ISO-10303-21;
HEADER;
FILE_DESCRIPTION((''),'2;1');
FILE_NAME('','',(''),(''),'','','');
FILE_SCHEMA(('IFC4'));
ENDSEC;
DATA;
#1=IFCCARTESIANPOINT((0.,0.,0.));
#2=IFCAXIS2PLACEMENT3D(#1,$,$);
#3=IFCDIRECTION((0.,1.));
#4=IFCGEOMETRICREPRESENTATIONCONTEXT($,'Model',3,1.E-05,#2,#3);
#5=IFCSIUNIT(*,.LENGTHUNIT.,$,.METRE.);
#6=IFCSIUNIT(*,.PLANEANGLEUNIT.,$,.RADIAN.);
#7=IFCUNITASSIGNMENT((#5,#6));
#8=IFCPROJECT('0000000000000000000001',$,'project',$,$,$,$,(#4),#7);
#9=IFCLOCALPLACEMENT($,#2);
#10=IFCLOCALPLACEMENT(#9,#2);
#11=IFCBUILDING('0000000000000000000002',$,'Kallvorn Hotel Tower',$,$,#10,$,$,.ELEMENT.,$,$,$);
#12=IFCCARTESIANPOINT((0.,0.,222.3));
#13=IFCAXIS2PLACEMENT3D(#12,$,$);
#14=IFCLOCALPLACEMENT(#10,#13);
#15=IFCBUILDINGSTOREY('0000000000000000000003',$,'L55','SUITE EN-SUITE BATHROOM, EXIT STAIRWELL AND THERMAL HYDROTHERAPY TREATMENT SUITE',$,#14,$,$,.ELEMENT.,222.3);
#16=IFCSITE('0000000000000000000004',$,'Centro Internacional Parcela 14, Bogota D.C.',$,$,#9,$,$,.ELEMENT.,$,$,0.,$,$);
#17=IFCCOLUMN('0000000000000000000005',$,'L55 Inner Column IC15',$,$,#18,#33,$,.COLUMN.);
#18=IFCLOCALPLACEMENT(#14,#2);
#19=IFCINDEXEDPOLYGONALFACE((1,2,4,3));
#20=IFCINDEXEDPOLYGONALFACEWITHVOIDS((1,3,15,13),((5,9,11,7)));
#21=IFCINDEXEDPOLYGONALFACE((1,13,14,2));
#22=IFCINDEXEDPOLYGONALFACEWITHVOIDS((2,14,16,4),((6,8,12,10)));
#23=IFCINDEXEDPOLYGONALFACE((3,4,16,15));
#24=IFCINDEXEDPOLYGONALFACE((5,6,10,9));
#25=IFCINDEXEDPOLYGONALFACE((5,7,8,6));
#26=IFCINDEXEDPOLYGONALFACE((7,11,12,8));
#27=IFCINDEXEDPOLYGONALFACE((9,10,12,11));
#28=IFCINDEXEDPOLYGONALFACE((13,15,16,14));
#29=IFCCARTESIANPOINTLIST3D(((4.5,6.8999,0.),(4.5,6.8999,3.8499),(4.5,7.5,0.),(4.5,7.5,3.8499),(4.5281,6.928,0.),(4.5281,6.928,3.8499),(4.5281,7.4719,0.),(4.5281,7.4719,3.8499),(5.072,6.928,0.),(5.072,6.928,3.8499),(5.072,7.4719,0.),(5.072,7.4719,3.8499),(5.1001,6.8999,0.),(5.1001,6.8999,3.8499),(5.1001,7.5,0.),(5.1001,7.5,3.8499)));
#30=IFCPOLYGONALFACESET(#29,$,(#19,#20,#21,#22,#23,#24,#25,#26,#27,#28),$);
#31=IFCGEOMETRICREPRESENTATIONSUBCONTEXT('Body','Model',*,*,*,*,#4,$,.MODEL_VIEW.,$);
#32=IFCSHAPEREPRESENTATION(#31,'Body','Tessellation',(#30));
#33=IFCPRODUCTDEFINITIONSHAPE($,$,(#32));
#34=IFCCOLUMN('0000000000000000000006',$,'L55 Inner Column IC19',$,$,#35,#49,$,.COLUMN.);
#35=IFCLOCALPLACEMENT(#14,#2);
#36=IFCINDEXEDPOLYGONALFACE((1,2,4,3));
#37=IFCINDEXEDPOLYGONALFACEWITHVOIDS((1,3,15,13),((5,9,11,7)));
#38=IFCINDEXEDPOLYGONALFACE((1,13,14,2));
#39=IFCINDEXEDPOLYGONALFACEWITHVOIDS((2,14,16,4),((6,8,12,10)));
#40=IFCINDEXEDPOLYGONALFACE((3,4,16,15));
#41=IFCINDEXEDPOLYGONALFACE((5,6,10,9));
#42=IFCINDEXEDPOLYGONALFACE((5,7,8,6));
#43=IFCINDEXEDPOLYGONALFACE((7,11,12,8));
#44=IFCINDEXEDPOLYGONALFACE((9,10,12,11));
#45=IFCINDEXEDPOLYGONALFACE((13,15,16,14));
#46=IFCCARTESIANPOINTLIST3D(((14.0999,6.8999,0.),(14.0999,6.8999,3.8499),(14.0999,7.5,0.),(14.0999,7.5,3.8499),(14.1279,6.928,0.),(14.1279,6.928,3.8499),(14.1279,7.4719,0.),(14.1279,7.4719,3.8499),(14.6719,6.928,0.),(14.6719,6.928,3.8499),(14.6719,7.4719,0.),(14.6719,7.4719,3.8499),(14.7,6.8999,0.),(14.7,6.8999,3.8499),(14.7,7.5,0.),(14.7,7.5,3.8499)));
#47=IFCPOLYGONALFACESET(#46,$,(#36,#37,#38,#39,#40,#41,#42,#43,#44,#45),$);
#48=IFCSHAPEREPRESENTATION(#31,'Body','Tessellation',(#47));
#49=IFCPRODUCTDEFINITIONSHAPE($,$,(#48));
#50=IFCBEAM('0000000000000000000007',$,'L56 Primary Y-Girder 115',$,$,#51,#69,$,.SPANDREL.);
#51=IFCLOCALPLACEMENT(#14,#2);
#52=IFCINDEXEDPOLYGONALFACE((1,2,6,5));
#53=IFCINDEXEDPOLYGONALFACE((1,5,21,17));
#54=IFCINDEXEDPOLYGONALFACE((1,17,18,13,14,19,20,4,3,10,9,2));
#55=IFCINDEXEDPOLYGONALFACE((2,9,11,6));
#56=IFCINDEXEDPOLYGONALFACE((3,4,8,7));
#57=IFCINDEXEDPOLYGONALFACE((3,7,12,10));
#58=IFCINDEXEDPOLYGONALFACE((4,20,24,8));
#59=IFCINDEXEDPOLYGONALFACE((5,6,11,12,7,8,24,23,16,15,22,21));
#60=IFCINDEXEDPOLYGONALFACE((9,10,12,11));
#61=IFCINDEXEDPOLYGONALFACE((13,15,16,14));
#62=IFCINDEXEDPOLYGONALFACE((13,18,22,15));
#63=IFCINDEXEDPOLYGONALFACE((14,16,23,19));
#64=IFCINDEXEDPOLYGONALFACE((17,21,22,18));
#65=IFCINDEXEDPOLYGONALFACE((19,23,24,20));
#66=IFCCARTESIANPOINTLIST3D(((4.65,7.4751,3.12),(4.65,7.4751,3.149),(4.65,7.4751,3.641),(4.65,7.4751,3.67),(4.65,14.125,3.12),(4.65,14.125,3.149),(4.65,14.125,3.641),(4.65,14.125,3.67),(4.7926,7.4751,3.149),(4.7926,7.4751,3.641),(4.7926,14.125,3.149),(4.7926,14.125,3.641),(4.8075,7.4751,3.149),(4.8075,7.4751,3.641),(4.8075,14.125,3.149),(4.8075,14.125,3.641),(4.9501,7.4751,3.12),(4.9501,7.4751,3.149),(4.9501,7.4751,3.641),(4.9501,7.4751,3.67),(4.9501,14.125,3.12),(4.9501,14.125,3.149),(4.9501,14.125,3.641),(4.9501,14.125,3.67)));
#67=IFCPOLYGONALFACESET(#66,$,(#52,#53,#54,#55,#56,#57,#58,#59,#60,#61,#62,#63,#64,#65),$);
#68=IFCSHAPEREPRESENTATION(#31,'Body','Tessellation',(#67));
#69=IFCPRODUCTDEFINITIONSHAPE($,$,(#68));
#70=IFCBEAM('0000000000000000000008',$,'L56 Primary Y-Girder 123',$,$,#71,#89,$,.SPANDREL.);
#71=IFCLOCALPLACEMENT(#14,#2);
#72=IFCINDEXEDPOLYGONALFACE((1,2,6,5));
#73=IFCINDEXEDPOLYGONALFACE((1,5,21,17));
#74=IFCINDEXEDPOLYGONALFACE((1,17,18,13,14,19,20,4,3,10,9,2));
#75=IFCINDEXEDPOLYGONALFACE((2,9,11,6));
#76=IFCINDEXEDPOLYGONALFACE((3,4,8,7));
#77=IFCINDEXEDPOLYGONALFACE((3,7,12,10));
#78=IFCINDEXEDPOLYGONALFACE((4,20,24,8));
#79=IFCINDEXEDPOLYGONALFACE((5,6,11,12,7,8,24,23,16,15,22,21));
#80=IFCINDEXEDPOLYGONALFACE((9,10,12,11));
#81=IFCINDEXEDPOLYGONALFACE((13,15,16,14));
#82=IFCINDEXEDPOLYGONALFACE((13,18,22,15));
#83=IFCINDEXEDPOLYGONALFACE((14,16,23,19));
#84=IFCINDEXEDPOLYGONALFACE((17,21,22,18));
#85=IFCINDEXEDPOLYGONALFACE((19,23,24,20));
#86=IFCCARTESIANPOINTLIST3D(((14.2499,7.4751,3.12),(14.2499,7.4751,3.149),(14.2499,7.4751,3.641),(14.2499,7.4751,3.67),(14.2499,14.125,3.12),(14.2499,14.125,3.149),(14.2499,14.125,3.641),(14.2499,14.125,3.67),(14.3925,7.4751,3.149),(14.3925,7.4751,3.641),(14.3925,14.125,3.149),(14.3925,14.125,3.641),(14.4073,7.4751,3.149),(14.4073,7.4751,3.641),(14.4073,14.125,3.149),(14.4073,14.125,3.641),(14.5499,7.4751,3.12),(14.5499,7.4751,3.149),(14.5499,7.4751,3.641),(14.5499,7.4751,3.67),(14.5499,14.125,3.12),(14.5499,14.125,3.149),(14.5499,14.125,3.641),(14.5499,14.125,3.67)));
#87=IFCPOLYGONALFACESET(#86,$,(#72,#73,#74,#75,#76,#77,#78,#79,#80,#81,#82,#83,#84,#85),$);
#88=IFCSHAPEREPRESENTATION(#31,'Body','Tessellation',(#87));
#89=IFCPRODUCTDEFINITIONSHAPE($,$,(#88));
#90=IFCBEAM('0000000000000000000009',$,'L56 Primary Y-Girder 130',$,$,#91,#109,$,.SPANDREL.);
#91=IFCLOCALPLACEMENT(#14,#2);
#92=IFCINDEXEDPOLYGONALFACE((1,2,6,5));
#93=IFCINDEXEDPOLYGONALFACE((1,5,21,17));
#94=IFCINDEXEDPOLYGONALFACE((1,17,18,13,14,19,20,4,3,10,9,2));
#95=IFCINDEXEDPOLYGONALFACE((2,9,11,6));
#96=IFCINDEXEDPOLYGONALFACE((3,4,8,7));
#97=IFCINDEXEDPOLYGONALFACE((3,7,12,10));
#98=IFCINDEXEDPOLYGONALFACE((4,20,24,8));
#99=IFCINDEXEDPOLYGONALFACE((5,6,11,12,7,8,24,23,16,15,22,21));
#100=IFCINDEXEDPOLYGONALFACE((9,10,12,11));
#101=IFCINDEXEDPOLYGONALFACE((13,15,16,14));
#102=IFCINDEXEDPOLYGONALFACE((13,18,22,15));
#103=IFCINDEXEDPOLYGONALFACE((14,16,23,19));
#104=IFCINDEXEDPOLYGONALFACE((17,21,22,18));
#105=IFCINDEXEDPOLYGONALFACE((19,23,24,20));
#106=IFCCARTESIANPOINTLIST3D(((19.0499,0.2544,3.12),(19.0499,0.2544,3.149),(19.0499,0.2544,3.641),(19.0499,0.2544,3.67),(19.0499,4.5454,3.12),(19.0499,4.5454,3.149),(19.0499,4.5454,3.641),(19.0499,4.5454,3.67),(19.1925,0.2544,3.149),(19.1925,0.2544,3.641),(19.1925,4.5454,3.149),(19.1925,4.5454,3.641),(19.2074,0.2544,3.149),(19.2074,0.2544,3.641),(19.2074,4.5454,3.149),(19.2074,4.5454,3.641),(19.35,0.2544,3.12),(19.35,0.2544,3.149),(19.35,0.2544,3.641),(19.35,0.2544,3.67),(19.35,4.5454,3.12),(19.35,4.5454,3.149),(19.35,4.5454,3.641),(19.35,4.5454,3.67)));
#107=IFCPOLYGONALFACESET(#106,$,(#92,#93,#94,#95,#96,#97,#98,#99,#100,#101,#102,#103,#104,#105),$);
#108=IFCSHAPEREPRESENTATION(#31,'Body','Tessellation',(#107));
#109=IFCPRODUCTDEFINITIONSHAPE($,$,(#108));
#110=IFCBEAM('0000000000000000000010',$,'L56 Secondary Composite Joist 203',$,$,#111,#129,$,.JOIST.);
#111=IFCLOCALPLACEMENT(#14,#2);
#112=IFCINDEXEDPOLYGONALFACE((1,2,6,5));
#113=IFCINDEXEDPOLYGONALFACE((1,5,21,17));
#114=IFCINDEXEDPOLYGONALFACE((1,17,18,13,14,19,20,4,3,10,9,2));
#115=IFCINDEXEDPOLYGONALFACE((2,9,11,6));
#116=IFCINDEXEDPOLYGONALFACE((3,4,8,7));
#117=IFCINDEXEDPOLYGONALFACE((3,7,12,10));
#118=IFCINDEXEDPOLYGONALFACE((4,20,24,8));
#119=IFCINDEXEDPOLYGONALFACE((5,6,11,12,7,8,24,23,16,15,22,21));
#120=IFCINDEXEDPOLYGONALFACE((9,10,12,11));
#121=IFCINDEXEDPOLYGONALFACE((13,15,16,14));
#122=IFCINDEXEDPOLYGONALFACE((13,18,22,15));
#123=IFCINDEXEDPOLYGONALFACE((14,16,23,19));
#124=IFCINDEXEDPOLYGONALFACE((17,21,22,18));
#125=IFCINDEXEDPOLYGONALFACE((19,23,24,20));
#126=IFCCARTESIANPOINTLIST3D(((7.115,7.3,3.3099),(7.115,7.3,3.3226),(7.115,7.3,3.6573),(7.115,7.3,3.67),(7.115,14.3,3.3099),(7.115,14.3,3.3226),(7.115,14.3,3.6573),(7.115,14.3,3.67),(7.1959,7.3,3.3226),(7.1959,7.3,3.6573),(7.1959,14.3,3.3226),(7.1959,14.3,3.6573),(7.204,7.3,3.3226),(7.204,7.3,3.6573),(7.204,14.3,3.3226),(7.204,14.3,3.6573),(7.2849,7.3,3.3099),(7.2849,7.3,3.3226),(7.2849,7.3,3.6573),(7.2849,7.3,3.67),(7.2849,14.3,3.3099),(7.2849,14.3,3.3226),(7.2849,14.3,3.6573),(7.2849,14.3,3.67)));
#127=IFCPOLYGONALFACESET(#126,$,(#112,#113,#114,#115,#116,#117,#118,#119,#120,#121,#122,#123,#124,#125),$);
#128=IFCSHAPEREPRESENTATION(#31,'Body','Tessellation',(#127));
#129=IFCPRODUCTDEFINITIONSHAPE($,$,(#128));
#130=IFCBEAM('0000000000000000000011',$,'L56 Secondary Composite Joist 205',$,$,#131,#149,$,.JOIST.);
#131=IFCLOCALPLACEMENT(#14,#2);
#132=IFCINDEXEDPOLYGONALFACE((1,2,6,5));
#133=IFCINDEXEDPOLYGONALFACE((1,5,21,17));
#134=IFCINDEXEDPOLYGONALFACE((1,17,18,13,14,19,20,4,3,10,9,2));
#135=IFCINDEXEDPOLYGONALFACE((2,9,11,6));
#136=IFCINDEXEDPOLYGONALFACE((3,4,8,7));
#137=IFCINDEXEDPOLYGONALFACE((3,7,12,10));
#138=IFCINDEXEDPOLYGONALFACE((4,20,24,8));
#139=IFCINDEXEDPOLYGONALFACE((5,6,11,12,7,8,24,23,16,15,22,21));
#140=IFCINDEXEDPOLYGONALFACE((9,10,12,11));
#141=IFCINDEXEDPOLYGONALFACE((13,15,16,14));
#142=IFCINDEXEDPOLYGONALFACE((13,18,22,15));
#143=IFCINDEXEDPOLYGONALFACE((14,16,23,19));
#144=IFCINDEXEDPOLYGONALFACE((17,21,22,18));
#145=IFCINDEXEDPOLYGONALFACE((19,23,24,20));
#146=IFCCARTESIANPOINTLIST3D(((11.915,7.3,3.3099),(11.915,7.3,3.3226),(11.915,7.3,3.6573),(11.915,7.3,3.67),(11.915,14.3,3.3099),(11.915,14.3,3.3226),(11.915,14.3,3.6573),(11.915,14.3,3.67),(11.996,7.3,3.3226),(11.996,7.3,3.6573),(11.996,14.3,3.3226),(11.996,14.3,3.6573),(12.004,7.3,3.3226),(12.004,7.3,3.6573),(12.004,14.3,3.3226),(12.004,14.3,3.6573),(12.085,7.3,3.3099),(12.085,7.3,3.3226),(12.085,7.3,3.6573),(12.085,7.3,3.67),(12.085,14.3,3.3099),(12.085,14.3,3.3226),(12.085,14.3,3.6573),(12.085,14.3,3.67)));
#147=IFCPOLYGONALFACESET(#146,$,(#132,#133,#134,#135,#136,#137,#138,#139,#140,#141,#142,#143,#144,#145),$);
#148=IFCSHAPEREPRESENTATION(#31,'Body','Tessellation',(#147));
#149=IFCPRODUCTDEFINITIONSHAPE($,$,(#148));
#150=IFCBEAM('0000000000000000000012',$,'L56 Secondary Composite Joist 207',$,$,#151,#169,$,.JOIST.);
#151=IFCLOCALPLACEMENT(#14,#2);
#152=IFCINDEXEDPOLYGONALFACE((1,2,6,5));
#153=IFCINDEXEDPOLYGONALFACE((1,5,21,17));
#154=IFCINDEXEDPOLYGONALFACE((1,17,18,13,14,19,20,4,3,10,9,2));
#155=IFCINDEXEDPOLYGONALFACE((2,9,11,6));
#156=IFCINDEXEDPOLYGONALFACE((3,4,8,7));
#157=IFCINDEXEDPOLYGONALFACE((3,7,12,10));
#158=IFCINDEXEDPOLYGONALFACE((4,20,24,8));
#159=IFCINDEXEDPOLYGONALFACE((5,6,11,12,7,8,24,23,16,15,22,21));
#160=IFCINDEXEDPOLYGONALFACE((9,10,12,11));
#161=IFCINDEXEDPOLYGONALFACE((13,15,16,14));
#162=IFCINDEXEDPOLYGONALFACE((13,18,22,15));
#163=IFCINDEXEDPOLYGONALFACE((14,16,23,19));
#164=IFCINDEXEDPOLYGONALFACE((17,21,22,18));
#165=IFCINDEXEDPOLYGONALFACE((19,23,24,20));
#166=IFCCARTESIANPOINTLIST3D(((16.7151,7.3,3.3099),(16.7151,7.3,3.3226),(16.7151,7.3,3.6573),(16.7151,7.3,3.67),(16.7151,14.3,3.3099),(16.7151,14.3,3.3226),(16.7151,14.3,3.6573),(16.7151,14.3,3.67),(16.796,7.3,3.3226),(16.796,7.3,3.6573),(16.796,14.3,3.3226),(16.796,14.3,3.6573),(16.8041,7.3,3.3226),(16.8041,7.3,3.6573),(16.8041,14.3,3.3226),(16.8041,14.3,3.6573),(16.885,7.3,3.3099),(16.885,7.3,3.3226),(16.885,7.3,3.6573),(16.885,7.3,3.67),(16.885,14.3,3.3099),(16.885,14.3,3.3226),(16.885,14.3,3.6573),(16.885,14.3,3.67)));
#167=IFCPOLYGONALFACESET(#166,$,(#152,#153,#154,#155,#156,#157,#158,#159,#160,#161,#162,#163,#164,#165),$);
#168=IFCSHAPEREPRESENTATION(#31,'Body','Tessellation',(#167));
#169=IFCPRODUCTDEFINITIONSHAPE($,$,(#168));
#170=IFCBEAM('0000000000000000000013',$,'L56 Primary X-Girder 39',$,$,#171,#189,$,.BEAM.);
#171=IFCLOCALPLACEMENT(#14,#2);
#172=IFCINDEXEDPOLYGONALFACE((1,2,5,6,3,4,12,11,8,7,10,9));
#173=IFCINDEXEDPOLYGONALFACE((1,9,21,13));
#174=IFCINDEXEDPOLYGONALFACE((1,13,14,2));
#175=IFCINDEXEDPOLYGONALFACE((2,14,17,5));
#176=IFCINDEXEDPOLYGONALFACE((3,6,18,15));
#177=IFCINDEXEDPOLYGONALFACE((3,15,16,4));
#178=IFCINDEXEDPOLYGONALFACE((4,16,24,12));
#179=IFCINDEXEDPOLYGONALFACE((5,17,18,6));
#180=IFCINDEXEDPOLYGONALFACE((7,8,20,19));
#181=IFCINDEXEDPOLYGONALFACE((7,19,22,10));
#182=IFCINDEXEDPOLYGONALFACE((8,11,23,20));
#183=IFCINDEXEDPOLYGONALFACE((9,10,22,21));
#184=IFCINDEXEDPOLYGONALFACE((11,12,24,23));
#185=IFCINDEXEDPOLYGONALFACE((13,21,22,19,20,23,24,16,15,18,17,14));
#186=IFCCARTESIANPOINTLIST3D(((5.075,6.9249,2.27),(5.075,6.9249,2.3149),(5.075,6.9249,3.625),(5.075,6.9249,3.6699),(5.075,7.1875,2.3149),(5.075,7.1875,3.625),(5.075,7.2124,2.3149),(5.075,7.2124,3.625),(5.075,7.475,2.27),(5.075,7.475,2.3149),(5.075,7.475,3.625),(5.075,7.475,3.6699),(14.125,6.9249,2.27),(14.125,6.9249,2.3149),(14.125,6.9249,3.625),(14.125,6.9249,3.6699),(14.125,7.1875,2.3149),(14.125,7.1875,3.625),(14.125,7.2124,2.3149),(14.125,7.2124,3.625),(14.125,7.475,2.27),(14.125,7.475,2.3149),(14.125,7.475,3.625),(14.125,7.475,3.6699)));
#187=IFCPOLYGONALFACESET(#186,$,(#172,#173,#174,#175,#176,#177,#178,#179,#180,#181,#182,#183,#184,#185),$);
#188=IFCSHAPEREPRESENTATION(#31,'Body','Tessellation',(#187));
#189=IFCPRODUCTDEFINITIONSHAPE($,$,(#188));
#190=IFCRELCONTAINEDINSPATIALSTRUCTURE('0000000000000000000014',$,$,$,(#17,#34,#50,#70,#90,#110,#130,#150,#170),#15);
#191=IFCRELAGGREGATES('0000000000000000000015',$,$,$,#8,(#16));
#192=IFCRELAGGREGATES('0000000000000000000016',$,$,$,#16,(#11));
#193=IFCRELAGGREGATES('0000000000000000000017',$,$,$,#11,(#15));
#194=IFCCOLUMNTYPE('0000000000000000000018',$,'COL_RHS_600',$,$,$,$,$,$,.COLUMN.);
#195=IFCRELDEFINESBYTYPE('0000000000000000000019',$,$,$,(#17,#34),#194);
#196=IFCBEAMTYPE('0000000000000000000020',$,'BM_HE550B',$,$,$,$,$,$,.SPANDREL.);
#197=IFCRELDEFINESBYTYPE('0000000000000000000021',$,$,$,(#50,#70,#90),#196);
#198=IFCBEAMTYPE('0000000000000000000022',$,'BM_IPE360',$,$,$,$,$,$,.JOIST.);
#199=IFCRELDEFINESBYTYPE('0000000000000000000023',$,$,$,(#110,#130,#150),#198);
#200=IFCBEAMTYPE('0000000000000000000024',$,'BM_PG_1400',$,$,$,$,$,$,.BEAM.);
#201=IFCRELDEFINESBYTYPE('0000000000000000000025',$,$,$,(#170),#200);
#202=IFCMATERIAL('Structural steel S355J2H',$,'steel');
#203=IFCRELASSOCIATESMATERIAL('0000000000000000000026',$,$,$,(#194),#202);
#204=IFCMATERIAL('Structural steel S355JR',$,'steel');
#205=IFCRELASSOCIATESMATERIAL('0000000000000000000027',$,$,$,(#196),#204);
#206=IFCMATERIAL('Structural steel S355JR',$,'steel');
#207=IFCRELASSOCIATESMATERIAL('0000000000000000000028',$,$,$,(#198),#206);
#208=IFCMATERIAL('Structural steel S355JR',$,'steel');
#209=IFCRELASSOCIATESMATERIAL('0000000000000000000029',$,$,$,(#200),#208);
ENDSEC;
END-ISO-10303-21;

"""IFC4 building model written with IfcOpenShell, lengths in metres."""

from ifc_helpers import new_model, si_unit, direction, frame, origin, origin_2d, place, context, subcontext, project, spatial, hollow_rectangle, i_section, extrude, material, material_profile, profile_set, type_object, element, save


model = new_model("IFC4")

# Units and contexts
model_context = context("Model", 3, precision=1e-05, world=origin(), true_north=direction((0.0, 1.0)))
body_context = subcontext(model_context, "Body", "Model", "MODEL_VIEW")
ifc_project = project(units=[si_unit("LENGTHUNIT", "METRE"), si_unit("PLANEANGLEUNIT", "RADIAN")], contexts=[model_context])

# Site, building, storey
site_placement = place(None, origin())
site = spatial("IfcSite", under=ifc_project, at=site_placement, Name="Centro Internacional Parcela 14, Bogota D.C.", CompositionType="ELEMENT", RefElevation=0.0)
building_placement = place(site_placement, origin())
building = spatial("IfcBuilding", under=site, at=building_placement, Name="Kallvorn Hotel Tower", CompositionType="ELEMENT")
storey_placement = place(building_placement, frame((0.0, 0.0, 222.3)))
storey = spatial("IfcBuildingStorey", under=building, at=storey_placement, Name="L55", Description="SUITE EN-SUITE BATHROOM, EXIT STAIRWELL AND THERMAL HYDROTHERAPY TREATMENT SUITE", CompositionType="ELEMENT", Elevation=222.3)

# Columns
ifc_material_1 = material(Name="Structural steel S355J2H", Category="steel")
ifc_material_profile_1 = material_profile(ifc_material_1, hollow_rectangle(XDim=0.6001, YDim=0.6001, WallThickness=0.0281, at=origin_2d()), Name="RHS 600x600x28")
ifc_profile_set_1 = profile_set([ifc_material_profile_1], Name="Structural steel S355J2H")
column_type_1 = type_object("IfcColumnType", Name="COL_RHS_600", PredefinedType="COLUMN", material=ifc_profile_set_1)
for number, where, z_axis, x_axis, name in (
    (1, (4.8, 7.2, 0.0), (0.0, 0.0, 1.0), (1.0, 0.0, 0.0), "L55 Inner Column IC15"),
    (2, (14.3999, 7.2, 0.0), (0.0, 0.0, 1.0), (1.0, 0.0, 0.0), "L55 Inner Column IC19"),
):
    element("IfcColumn", number, at=place(storey_placement, frame(where, z_axis=z_axis, x_axis=x_axis)), inside=storey, type_object=column_type_1, Name=name, PredefinedType="COLUMN", context=body_context, shape_type="SweptSolid", body=[
        extrude(hollow_rectangle(XDim=0.6001, YDim=0.6001, WallThickness=0.0281, at=origin_2d()), origin(), (0.0, 0.0, 1.0), 3.8499),
    ])

# Beams
ifc_material_2 = material(Name="Structural steel S355JR", Category="steel")
ifc_material_profile_2 = material_profile(ifc_material_2, i_section(OverallWidth=0.3, OverallDepth=0.55, WebThickness=0.0149, FlangeThickness=0.0291, at=origin_2d()), Name="HE 550 B")
ifc_profile_set_2 = profile_set([ifc_material_profile_2], Name="Structural steel S355JR")
beam_type_1 = type_object("IfcBeamType", Name="BM_HE550B", PredefinedType="SPANDREL", material=ifc_profile_set_2)
for number, where, z_axis, x_axis, name in (
    (3, (4.8, 7.4751, 3.395), (0.0, 1.0, 0.0), (-1.0, 0.0, 0.0), "L56 Primary Y-Girder 115"),
    (4, (14.3999, 7.4751, 3.395), (0.0, 1.0, 0.0), (-1.0, 0.0, 0.0), "L56 Primary Y-Girder 123"),
):
    element("IfcBeam", number, at=place(storey_placement, frame(where, z_axis=z_axis, x_axis=x_axis)), inside=storey, type_object=beam_type_1, Name=name, PredefinedType="SPANDREL", context=body_context, shape_type="SweptSolid", body=[
        extrude(i_section(OverallWidth=0.3, OverallDepth=0.55, WebThickness=0.0149, FlangeThickness=0.0291, at=origin_2d()), origin(), (0.0, 0.0, 1.0), 6.6499),
    ])
beam_placement = place(storey_placement, frame((19.2, 0.2544, 3.395), z_axis=(0.0, 1.0, 0.0), x_axis=(-1.0, 0.0, 0.0)))
element("IfcBeam", 5, at=beam_placement, inside=storey, type_object=beam_type_1, Name="L56 Primary Y-Girder 130", PredefinedType="SPANDREL", context=body_context, shape_type="SweptSolid", body=[
    extrude(i_section(OverallWidth=0.3, OverallDepth=0.55, WebThickness=0.0149, FlangeThickness=0.0291, at=origin_2d()), origin(), (0.0, 0.0, 1.0), 4.291),
])
ifc_material_3 = material(Name="Structural steel S355JR", Category="steel")
ifc_material_profile_3 = material_profile(ifc_material_3, i_section(OverallWidth=0.1699, OverallDepth=0.3601, WebThickness=0.0081, FlangeThickness=0.0127, at=origin_2d()), Name="IPE 360")
ifc_profile_set_3 = profile_set([ifc_material_profile_3], Name="Structural steel S355JR")
beam_type_2 = type_object("IfcBeamType", Name="BM_IPE360", PredefinedType="JOIST", material=ifc_profile_set_3)
for number, where, z_axis, x_axis, name in (
    (6, (7.2, 7.3, 3.49), (0.0, 1.0, 0.0), (-1.0, 0.0, 0.0), "L56 Secondary Composite Joist 203"),
    (7, (12.0, 7.3, 3.49), (0.0, 1.0, 0.0), (-1.0, 0.0, 0.0), "L56 Secondary Composite Joist 205"),
    (8, (16.8, 7.3, 3.49), (0.0, 1.0, 0.0), (-1.0, 0.0, 0.0), "L56 Secondary Composite Joist 207"),
):
    element("IfcBeam", number, at=place(storey_placement, frame(where, z_axis=z_axis, x_axis=x_axis)), inside=storey, type_object=beam_type_2, Name=name, PredefinedType="JOIST", context=body_context, shape_type="SweptSolid", body=[
        extrude(i_section(OverallWidth=0.1699, OverallDepth=0.3601, WebThickness=0.0081, FlangeThickness=0.0127, at=origin_2d()), origin(), (0.0, 0.0, 1.0), 7.0),
    ])
ifc_material_4 = material(Name="Structural steel S355JR", Category="steel")
ifc_material_profile_4 = material_profile(ifc_material_4, i_section(OverallWidth=0.55, OverallDepth=1.3999, WebThickness=0.0249, FlangeThickness=0.0449, at=origin_2d()), Name="PG 1400x550x25x45")
ifc_profile_set_4 = profile_set([ifc_material_profile_4], Name="Structural steel S355JR")
beam_type_3 = type_object("IfcBeamType", Name="BM_PG_1400", PredefinedType="BEAM", material=ifc_profile_set_4)
for number, where, z_axis, x_axis, name in (
    (9, (5.075, 7.2, 2.97), (1.0, 0.0, 0.0), (0.0, 1.0, 0.0), "L56 Primary X-Girder 39"),
):
    element("IfcBeam", number, at=place(storey_placement, frame(where, z_axis=z_axis, x_axis=x_axis)), inside=storey, type_object=beam_type_3, Name=name, PredefinedType="BEAM", context=body_context, shape_type="SweptSolid", body=[
        extrude(i_section(OverallWidth=0.55, OverallDepth=1.3999, WebThickness=0.0249, FlangeThickness=0.0449, at=origin_2d()), origin(), (0.0, 0.0, 1.0), 9.05),
    ])

save(model, "model.ifc")
